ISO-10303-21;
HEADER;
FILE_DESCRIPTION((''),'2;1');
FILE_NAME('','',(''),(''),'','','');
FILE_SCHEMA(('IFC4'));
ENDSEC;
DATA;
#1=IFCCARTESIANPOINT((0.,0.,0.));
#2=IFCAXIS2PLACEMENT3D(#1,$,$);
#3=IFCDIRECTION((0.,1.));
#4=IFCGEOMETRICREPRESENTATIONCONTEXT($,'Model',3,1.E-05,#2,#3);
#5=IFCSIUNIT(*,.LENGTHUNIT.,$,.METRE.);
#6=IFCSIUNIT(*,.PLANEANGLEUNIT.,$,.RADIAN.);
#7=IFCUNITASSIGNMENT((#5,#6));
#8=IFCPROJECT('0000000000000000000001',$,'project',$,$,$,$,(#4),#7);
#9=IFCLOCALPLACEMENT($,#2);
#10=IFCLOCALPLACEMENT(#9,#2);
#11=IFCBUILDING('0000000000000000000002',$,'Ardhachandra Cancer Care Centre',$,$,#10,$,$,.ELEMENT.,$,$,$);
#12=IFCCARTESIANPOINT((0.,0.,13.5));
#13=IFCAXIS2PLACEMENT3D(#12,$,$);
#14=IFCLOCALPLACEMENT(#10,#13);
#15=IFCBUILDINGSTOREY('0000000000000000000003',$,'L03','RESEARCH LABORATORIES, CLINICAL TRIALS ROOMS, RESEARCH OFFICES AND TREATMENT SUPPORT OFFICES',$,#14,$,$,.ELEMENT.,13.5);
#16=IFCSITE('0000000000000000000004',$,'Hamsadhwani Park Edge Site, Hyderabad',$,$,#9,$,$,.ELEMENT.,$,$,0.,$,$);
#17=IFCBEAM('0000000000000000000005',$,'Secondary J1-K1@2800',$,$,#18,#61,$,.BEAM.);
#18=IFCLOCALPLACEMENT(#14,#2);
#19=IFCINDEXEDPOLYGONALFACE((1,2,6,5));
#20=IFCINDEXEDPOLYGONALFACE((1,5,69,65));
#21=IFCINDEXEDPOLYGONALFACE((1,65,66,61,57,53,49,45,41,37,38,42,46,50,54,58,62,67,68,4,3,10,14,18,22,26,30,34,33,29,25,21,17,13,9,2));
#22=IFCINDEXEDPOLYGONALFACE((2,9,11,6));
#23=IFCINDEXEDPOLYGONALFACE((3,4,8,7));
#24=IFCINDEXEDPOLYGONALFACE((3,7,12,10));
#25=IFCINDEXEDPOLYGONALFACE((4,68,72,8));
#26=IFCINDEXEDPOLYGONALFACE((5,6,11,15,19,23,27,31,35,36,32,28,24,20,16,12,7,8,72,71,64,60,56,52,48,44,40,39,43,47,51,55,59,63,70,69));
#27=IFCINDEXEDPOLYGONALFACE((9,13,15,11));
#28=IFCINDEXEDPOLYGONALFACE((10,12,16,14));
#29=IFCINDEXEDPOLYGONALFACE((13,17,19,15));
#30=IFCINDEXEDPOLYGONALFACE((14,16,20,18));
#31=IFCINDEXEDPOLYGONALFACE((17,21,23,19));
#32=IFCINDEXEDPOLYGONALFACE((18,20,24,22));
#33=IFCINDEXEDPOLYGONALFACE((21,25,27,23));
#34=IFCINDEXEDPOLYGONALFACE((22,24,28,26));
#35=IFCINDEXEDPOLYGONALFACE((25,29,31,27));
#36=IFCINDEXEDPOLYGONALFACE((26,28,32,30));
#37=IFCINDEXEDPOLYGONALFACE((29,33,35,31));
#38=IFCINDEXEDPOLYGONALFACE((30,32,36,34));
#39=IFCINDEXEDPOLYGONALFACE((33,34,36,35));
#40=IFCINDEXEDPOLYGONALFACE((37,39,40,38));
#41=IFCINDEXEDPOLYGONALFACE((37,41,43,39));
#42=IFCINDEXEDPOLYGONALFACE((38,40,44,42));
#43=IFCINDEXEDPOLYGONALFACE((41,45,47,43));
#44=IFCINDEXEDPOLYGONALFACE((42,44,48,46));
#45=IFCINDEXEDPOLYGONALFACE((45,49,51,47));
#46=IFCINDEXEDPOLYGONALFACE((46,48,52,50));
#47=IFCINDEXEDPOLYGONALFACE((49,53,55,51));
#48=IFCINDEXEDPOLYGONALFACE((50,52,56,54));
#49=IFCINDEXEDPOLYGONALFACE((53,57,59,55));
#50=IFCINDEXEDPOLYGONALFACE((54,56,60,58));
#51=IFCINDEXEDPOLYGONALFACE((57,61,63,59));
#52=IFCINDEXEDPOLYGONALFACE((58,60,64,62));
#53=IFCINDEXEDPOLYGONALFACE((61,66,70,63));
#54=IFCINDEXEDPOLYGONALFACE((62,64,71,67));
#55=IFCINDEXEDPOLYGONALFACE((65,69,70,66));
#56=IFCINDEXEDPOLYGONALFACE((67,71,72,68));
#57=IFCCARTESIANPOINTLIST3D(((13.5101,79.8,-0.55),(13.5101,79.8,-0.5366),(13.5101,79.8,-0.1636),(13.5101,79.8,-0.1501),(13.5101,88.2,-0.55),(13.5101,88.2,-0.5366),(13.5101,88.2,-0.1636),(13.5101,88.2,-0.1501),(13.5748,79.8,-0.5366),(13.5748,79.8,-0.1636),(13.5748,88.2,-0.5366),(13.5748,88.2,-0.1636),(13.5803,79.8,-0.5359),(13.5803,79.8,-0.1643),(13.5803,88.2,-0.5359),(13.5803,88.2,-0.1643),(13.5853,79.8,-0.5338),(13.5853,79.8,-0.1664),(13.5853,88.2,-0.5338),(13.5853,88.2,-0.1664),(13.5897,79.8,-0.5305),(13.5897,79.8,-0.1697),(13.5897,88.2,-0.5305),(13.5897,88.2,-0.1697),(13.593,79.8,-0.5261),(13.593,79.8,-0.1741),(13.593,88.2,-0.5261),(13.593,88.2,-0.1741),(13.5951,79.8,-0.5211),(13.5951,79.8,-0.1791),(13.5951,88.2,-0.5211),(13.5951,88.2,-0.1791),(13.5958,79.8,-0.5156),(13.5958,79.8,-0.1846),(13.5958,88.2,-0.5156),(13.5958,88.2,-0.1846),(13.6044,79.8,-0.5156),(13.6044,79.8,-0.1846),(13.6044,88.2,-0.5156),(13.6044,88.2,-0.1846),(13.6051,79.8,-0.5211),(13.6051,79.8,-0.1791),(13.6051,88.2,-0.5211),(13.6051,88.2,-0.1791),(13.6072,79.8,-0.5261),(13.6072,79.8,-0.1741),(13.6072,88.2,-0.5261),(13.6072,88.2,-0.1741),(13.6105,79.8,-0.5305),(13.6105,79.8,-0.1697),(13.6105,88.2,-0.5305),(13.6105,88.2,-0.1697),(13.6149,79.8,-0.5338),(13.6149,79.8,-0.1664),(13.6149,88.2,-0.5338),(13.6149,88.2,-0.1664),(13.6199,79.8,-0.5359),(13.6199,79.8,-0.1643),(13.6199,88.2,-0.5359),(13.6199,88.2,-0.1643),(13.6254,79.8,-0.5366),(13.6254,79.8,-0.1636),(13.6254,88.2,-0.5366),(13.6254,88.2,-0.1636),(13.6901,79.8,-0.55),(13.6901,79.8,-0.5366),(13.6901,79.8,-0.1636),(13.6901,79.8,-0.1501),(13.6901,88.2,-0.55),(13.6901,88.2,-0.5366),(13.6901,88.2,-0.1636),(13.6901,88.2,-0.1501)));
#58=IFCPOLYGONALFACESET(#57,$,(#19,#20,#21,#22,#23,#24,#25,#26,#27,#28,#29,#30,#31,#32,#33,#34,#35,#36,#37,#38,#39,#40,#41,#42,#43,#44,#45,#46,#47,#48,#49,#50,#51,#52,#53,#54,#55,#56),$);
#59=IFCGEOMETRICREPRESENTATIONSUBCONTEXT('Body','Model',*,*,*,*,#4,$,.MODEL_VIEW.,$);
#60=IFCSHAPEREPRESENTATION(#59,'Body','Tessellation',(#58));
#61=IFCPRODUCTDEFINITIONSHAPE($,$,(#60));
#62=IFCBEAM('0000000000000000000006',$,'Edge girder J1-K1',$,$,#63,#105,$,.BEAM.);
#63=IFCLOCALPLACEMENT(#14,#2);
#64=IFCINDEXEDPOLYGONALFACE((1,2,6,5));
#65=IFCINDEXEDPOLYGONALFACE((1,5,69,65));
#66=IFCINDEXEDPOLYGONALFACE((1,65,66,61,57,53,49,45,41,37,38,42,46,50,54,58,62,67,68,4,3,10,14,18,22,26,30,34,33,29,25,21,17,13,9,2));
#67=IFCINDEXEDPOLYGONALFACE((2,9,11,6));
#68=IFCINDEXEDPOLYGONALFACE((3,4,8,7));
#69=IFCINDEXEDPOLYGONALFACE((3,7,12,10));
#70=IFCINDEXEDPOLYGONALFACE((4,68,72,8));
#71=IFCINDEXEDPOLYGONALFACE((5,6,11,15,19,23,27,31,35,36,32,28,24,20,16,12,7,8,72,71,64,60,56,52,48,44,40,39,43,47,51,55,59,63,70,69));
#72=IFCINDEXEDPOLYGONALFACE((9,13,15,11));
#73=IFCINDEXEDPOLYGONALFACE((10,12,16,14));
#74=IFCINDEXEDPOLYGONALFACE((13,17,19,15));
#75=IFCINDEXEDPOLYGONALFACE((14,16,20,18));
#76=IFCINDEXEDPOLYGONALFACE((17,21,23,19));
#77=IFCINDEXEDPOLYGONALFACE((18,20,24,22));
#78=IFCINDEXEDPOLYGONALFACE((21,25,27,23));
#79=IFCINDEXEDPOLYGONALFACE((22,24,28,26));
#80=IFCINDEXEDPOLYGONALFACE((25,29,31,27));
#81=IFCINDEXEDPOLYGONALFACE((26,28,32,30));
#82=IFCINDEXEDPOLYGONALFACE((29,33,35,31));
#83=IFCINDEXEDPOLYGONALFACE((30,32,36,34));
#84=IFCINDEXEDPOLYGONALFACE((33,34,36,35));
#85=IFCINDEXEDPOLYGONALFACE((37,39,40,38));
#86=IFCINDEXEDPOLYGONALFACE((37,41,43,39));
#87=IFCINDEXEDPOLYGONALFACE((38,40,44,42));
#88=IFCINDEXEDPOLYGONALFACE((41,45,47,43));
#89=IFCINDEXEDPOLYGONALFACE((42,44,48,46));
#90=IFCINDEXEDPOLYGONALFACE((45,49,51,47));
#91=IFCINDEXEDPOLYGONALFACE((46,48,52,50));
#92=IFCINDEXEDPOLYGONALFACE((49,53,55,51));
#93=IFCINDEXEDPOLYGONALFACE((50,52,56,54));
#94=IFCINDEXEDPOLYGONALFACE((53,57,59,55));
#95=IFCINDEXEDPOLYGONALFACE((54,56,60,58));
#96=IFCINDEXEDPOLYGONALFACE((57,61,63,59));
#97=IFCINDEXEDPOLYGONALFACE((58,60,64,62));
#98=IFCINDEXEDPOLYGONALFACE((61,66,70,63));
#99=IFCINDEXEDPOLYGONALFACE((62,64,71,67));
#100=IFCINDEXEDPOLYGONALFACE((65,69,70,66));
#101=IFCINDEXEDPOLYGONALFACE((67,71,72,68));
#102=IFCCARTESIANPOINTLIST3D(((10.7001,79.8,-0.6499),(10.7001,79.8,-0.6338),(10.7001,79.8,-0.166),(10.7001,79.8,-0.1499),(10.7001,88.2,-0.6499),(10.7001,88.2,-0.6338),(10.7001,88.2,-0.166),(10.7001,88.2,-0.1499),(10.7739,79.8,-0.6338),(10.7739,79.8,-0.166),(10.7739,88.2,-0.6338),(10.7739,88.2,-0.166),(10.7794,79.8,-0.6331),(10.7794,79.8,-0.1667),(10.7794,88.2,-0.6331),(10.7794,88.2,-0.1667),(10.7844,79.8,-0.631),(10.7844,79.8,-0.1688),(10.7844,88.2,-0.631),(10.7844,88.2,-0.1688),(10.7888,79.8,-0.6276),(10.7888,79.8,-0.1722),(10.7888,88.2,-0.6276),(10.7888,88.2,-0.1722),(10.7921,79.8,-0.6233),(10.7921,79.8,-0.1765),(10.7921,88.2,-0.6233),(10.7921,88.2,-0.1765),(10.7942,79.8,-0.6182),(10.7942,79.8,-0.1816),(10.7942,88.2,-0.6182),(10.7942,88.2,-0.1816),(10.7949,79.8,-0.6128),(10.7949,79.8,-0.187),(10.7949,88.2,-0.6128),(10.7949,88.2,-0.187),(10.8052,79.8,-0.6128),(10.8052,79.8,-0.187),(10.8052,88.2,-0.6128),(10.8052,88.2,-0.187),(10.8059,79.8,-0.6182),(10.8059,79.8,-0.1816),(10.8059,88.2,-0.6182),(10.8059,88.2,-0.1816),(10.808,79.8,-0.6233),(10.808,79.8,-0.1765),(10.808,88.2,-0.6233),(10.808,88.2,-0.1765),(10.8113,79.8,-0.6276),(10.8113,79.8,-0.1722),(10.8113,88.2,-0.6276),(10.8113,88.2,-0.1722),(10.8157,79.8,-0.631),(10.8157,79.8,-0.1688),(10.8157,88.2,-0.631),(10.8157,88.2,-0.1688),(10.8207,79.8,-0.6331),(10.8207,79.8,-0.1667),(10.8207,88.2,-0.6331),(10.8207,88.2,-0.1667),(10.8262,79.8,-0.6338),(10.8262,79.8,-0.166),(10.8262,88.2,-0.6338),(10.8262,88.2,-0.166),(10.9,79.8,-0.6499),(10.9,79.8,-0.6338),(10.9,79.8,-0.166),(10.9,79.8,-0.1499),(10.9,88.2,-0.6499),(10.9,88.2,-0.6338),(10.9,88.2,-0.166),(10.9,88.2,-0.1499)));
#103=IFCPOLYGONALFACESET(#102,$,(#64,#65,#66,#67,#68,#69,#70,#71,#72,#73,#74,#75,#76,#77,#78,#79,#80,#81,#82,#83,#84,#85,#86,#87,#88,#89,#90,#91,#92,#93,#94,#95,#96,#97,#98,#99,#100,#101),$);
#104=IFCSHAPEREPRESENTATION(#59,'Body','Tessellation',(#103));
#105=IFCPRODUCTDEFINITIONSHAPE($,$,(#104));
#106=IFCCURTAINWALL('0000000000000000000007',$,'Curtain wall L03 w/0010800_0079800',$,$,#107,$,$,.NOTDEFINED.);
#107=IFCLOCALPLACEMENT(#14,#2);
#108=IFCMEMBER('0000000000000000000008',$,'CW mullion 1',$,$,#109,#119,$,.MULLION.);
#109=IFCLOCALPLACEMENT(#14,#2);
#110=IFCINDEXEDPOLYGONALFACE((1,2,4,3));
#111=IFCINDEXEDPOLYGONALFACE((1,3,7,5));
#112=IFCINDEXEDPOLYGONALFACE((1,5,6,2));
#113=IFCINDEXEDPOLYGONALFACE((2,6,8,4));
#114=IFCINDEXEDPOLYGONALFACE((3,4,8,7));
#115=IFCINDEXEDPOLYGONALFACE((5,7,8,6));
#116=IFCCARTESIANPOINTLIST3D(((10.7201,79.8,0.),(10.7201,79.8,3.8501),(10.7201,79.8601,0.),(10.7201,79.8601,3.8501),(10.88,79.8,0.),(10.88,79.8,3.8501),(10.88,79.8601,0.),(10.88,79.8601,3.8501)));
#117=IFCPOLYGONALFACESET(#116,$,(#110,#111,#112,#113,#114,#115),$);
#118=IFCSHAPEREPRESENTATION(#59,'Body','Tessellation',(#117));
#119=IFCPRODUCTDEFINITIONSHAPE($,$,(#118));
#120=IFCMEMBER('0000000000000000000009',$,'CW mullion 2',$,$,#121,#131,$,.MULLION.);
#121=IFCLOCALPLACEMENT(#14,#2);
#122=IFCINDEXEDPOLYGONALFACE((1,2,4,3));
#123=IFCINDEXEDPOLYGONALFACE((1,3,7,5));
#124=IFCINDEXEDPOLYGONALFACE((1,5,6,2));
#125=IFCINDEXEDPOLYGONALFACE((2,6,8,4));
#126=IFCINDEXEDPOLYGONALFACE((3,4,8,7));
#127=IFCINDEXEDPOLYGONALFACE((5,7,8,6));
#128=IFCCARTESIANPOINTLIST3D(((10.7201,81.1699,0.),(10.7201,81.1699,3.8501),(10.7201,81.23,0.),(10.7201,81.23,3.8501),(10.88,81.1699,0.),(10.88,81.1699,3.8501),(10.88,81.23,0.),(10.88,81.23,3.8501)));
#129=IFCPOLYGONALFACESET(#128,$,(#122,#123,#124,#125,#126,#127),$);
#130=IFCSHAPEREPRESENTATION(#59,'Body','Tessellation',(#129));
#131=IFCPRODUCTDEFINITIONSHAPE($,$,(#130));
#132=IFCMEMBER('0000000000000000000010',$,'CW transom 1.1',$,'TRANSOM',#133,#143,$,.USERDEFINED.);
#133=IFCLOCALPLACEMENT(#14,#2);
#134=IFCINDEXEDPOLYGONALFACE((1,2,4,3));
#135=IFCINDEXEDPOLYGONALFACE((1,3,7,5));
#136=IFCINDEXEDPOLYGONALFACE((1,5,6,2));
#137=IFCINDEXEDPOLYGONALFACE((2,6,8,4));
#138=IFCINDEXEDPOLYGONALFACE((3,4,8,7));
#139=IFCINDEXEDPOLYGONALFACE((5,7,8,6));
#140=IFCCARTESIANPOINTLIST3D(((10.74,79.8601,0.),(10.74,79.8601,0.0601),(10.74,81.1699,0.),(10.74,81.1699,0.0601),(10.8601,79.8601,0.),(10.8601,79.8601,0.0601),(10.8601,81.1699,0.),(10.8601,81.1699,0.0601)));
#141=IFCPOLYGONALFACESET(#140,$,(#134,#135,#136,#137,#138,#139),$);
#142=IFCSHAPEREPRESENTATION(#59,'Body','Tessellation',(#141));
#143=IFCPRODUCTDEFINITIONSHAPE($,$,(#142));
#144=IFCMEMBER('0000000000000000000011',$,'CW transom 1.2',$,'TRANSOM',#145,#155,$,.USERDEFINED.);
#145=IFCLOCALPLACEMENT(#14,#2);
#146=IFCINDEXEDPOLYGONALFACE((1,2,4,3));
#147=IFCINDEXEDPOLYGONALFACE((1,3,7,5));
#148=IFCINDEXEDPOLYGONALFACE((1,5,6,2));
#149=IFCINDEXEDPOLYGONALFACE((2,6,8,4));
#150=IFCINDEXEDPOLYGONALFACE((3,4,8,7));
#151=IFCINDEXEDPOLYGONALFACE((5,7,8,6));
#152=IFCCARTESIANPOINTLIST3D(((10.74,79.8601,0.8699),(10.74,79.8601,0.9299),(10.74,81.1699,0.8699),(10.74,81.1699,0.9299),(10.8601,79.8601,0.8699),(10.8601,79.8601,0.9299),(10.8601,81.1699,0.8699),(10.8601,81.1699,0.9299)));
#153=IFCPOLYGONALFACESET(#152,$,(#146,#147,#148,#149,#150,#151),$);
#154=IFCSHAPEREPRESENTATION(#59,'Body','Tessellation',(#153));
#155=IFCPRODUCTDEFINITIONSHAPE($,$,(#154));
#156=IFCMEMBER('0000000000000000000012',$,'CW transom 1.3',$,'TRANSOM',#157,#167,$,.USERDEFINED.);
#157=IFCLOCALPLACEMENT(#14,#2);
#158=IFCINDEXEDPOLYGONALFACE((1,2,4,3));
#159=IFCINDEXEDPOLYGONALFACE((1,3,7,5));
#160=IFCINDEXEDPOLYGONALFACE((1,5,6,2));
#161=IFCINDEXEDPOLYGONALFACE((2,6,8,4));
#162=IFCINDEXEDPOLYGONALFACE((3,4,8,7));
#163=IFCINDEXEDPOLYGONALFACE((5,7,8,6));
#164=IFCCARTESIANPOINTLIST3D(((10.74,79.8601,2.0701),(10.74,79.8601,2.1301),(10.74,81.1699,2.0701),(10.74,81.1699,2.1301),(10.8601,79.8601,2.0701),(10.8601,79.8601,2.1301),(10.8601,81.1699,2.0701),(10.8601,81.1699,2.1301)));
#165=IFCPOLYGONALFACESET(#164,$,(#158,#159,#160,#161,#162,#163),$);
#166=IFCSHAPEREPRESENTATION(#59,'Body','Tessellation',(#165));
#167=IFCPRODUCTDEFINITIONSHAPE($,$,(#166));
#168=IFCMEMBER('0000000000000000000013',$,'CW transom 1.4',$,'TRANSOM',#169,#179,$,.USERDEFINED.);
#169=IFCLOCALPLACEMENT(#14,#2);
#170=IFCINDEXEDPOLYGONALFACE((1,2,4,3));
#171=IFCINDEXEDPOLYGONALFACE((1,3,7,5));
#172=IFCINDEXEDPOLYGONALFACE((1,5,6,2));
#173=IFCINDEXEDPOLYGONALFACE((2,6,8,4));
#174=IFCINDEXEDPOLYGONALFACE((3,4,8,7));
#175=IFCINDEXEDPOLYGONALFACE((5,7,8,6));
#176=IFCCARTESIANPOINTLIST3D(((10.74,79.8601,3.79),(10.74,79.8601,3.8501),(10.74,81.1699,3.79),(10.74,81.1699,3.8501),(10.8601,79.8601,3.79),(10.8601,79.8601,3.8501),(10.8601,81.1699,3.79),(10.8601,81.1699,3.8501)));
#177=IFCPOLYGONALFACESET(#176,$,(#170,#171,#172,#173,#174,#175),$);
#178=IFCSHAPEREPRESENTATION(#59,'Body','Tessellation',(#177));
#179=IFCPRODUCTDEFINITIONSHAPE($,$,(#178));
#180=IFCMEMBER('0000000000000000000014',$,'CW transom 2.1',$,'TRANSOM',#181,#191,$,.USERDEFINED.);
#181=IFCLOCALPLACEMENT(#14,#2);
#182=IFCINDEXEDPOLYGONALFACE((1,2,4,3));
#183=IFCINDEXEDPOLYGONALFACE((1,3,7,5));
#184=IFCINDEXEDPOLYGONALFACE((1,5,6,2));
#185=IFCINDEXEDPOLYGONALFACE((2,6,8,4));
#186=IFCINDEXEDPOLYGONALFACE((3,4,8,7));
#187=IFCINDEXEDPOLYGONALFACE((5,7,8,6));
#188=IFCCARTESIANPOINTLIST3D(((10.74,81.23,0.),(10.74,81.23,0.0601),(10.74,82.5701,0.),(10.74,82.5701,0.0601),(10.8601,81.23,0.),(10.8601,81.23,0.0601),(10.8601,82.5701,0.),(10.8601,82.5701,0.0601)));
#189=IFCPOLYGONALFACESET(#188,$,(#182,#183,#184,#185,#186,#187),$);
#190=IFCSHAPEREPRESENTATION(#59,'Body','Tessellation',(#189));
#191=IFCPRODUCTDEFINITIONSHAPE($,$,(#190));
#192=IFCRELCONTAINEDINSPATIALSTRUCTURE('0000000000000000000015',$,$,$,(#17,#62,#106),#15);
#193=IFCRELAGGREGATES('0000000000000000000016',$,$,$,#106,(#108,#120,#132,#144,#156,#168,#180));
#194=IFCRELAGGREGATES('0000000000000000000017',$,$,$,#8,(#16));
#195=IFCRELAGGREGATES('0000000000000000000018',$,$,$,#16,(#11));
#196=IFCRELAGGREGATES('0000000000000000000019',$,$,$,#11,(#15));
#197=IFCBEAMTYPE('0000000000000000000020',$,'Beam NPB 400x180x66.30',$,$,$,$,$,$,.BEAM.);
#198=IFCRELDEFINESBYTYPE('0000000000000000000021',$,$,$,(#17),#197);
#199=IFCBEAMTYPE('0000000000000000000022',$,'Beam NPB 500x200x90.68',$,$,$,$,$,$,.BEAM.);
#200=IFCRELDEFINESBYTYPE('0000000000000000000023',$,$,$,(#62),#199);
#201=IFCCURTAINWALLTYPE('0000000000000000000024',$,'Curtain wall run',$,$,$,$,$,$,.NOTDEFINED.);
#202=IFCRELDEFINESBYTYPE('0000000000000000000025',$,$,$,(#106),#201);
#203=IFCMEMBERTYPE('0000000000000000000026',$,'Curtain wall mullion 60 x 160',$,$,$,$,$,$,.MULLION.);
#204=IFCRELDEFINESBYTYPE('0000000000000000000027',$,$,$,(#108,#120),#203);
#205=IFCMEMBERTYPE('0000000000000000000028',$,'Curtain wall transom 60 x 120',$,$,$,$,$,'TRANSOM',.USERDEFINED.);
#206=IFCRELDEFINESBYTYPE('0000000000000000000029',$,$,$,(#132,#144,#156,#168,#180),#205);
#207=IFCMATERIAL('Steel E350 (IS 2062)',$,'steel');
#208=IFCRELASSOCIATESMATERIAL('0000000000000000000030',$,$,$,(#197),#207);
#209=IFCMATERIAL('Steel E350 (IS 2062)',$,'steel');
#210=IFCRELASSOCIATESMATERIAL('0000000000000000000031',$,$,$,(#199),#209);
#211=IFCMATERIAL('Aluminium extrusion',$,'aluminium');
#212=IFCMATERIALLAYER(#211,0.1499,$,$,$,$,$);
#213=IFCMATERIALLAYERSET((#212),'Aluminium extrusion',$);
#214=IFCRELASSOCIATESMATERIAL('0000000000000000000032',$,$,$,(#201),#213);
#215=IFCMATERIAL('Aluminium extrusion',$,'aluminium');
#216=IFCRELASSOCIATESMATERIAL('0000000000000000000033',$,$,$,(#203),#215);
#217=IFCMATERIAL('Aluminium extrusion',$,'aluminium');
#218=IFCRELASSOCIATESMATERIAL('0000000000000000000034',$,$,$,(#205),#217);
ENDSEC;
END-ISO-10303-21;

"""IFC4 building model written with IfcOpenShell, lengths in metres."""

from ifc_helpers import new_model, si_unit, direction, frame, origin, origin_2d, place, context, subcontext, project, spatial, rectangle, i_section, extrude, material, layer, layer_set, material_profile, profile_set, type_object, element, aggregate, save


model = new_model("IFC4")

# Units and contexts
model_context = context("Model", 3, precision=1e-05, world=origin(), true_north=direction((0.0, 1.0)))
body_context = subcontext(model_context, "Body", "Model", "MODEL_VIEW")
ifc_project = project(units=[si_unit("LENGTHUNIT", "METRE"), si_unit("PLANEANGLEUNIT", "RADIAN")], contexts=[model_context])

# Site, building, storey
site_placement = place(None, origin())
site = spatial("IfcSite", under=ifc_project, at=site_placement, Name="Hamsadhwani Park Edge Site, Hyderabad", CompositionType="ELEMENT", RefElevation=0.0)
building_placement = place(site_placement, origin())
building = spatial("IfcBuilding", under=site, at=building_placement, Name="Ardhachandra Cancer Care Centre", CompositionType="ELEMENT")
storey_placement = place(building_placement, frame((0.0, 0.0, 13.5)))
storey = spatial("IfcBuildingStorey", under=building, at=storey_placement, Name="L03", Description="RESEARCH LABORATORIES, CLINICAL TRIALS ROOMS, RESEARCH OFFICES AND TREATMENT SUPPORT OFFICES", CompositionType="ELEMENT", Elevation=13.5)

# Beams
ifc_material_1 = material(Name="Steel E350 (IS 2062)", Category="steel")
ifc_material_profile_1 = material_profile(ifc_material_1, i_section(OverallWidth=0.1799, OverallDepth=0.3999, WebThickness=0.0085, FlangeThickness=0.0134, FilletRadius=0.021, at=origin_2d()), Name="NPB 400x180x66.30")
ifc_profile_set_1 = profile_set([ifc_material_profile_1], Name="Steel E350 (IS 2062)")
beam_type_1 = type_object("IfcBeamType", Name="Beam NPB 400x180x66.30", PredefinedType="BEAM", material=ifc_profile_set_1)
beam_1_placement = place(storey_placement, frame((13.6001, 79.8, -0.3501), z_axis=(0.0, 1.0, 0.0), x_axis=(-1.0, 0.0, 0.0)))
element("IfcBeam", 1, at=beam_1_placement, inside=storey, type_object=beam_type_1, Name="Secondary J1-K1@2800", PredefinedType="BEAM", context=body_context, shape_type="SweptSolid", body=[
    extrude(i_section(OverallWidth=0.1799, OverallDepth=0.3999, WebThickness=0.0085, FlangeThickness=0.0134, FilletRadius=0.021, at=origin_2d()), origin(), (0.0, 0.0, 1.0), 8.3999),
])
ifc_material_2 = material(Name="Steel E350 (IS 2062)", Category="steel")
ifc_material_profile_2 = material_profile(ifc_material_2, i_section(OverallWidth=0.2, OverallDepth=0.5, WebThickness=0.0103, FlangeThickness=0.0161, FilletRadius=0.021, at=origin_2d()), Name="NPB 500x200x90.68")
ifc_profile_set_2 = profile_set([ifc_material_profile_2], Name="Steel E350 (IS 2062)")
beam_type_2 = type_object("IfcBeamType", Name="Beam NPB 500x200x90.68", PredefinedType="BEAM", material=ifc_profile_set_2)
beam_2_placement = place(storey_placement, frame((10.8, 79.8, -0.3999), z_axis=(0.0, 1.0, 0.0), x_axis=(-1.0, 0.0, 0.0)))
element("IfcBeam", 2, at=beam_2_placement, inside=storey, type_object=beam_type_2, Name="Edge girder J1-K1", PredefinedType="BEAM", context=body_context, shape_type="SweptSolid", body=[
    extrude(i_section(OverallWidth=0.2, OverallDepth=0.5, WebThickness=0.0103, FlangeThickness=0.0161, FilletRadius=0.021, at=origin_2d()), origin(), (0.0, 0.0, 1.0), 8.3999),
])

# Curtain wall, members
ifc_material_3 = material(Name="Aluminium extrusion", Category="aluminium")
ifc_layer_1 = layer(ifc_material_3, 0.1499)
ifc_layer_set_1 = layer_set([ifc_layer_1], Name="Aluminium extrusion")
curtain_wall_type = type_object("IfcCurtainWallType", Name="Curtain wall run", PredefinedType="NOTDEFINED", material=ifc_layer_set_1)
curtain_wall_placement = place(storey_placement, origin())
curtain_wall = element("IfcCurtainWall", 3, at=curtain_wall_placement, inside=storey, type_object=curtain_wall_type, Name="Curtain wall L03 w/0010800_0079800", PredefinedType="NOTDEFINED")
ifc_material_4 = material(Name="Aluminium extrusion", Category="aluminium")
ifc_material_profile_3 = material_profile(ifc_material_4, rectangle(XDim=0.1599, YDim=0.0601, at=origin_2d()), Name="Curtain wall mullion 60 x 160")
ifc_profile_set_3 = profile_set([ifc_material_profile_3], Name="Aluminium extrusion")
member_type_1 = type_object("IfcMemberType", Name="Curtain wall mullion 60 x 160", PredefinedType="MULLION", material=ifc_profile_set_3)
member_1_placement = place(storey_placement, frame((10.8, 79.8301, 0.0), z_axis=(0.0, 0.0, 1.0), x_axis=(-1.0, 0.0, 0.0)))
member_1 = element("IfcMember", 4, at=member_1_placement, type_object=member_type_1, Name="CW mullion 1", PredefinedType="MULLION", context=body_context, shape_type="SweptSolid", body=[
    extrude(rectangle(XDim=0.1599, YDim=0.0601, at=origin_2d()), origin(), (0.0, 0.0, 1.0), 3.8501),
])
member_2_placement = place(storey_placement, frame((10.8, 81.2, 0.0), z_axis=(0.0, 0.0, 1.0), x_axis=(-1.0, 0.0, 0.0)))
member_2 = element("IfcMember", 5, at=member_2_placement, type_object=member_type_1, Name="CW mullion 2", PredefinedType="MULLION", context=body_context, shape_type="SweptSolid", body=[
    extrude(rectangle(XDim=0.1599, YDim=0.0601, at=origin_2d()), origin(), (0.0, 0.0, 1.0), 3.8501),
])
ifc_material_5 = material(Name="Aluminium extrusion", Category="aluminium")
ifc_material_profile_4 = material_profile(ifc_material_5, rectangle(XDim=0.1201, YDim=0.0601, at=origin_2d()), Name="Curtain wall transom 60 x 120")
ifc_profile_set_4 = profile_set([ifc_material_profile_4], Name="Aluminium extrusion")
member_type_2 = type_object("IfcMemberType", Name="Curtain wall transom 60 x 120", ElementType="TRANSOM", PredefinedType="USERDEFINED", material=ifc_profile_set_4)
member_3_placement = place(storey_placement, frame((10.8, 79.8601, 0.03), z_axis=(0.0, 1.0, 0.0), x_axis=(-1.0, 0.0, 0.0)))
member_3 = element("IfcMember", 6, at=member_3_placement, type_object=member_type_2, Name="CW transom 1.1", ObjectType="TRANSOM", PredefinedType="USERDEFINED", context=body_context, shape_type="SweptSolid", body=[
    extrude(rectangle(XDim=0.1201, YDim=0.0601, at=origin_2d()), origin(), (0.0, 0.0, 1.0), 1.3098),
])
member_4_placement = place(storey_placement, frame((10.8, 79.8601, 0.8999), z_axis=(0.0, 1.0, 0.0), x_axis=(-1.0, 0.0, 0.0)))
member_4 = element("IfcMember", 7, at=member_4_placement, type_object=member_type_2, Name="CW transom 1.2", ObjectType="TRANSOM", PredefinedType="USERDEFINED", context=body_context, shape_type="SweptSolid", body=[
    extrude(rectangle(XDim=0.1201, YDim=0.0601, at=origin_2d()), origin(), (0.0, 0.0, 1.0), 1.3098),
])
member_5_placement = place(storey_placement, frame((10.8, 79.8601, 2.1001), z_axis=(0.0, 1.0, 0.0), x_axis=(-1.0, 0.0, 0.0)))
member_5 = element("IfcMember", 8, at=member_5_placement, type_object=member_type_2, Name="CW transom 1.3", ObjectType="TRANSOM", PredefinedType="USERDEFINED", context=body_context, shape_type="SweptSolid", body=[
    extrude(rectangle(XDim=0.1201, YDim=0.0601, at=origin_2d()), origin(), (0.0, 0.0, 1.0), 1.3098),
])
member_6_placement = place(storey_placement, frame((10.8, 79.8601, 3.8201), z_axis=(0.0, 1.0, 0.0), x_axis=(-1.0, 0.0, 0.0)))
member_6 = element("IfcMember", 9, at=member_6_placement, type_object=member_type_2, Name="CW transom 1.4", ObjectType="TRANSOM", PredefinedType="USERDEFINED", context=body_context, shape_type="SweptSolid", body=[
    extrude(rectangle(XDim=0.1201, YDim=0.0601, at=origin_2d()), origin(), (0.0, 0.0, 1.0), 1.3098),
])
member_7_placement = place(storey_placement, frame((10.8, 81.23, 0.03), z_axis=(0.0, 1.0, 0.0), x_axis=(-1.0, 0.0, 0.0)))
member_7 = element("IfcMember", 10, at=member_7_placement, type_object=member_type_2, Name="CW transom 2.1", ObjectType="TRANSOM", PredefinedType="USERDEFINED", context=body_context, shape_type="SweptSolid", body=[
    extrude(rectangle(XDim=0.1201, YDim=0.0601, at=origin_2d()), origin(), (0.0, 0.0, 1.0), 1.3401),
])
aggregate(curtain_wall, [member_1, member_2, member_3, member_4, member_5, member_6, member_7])

save(model, "model.ifc")
